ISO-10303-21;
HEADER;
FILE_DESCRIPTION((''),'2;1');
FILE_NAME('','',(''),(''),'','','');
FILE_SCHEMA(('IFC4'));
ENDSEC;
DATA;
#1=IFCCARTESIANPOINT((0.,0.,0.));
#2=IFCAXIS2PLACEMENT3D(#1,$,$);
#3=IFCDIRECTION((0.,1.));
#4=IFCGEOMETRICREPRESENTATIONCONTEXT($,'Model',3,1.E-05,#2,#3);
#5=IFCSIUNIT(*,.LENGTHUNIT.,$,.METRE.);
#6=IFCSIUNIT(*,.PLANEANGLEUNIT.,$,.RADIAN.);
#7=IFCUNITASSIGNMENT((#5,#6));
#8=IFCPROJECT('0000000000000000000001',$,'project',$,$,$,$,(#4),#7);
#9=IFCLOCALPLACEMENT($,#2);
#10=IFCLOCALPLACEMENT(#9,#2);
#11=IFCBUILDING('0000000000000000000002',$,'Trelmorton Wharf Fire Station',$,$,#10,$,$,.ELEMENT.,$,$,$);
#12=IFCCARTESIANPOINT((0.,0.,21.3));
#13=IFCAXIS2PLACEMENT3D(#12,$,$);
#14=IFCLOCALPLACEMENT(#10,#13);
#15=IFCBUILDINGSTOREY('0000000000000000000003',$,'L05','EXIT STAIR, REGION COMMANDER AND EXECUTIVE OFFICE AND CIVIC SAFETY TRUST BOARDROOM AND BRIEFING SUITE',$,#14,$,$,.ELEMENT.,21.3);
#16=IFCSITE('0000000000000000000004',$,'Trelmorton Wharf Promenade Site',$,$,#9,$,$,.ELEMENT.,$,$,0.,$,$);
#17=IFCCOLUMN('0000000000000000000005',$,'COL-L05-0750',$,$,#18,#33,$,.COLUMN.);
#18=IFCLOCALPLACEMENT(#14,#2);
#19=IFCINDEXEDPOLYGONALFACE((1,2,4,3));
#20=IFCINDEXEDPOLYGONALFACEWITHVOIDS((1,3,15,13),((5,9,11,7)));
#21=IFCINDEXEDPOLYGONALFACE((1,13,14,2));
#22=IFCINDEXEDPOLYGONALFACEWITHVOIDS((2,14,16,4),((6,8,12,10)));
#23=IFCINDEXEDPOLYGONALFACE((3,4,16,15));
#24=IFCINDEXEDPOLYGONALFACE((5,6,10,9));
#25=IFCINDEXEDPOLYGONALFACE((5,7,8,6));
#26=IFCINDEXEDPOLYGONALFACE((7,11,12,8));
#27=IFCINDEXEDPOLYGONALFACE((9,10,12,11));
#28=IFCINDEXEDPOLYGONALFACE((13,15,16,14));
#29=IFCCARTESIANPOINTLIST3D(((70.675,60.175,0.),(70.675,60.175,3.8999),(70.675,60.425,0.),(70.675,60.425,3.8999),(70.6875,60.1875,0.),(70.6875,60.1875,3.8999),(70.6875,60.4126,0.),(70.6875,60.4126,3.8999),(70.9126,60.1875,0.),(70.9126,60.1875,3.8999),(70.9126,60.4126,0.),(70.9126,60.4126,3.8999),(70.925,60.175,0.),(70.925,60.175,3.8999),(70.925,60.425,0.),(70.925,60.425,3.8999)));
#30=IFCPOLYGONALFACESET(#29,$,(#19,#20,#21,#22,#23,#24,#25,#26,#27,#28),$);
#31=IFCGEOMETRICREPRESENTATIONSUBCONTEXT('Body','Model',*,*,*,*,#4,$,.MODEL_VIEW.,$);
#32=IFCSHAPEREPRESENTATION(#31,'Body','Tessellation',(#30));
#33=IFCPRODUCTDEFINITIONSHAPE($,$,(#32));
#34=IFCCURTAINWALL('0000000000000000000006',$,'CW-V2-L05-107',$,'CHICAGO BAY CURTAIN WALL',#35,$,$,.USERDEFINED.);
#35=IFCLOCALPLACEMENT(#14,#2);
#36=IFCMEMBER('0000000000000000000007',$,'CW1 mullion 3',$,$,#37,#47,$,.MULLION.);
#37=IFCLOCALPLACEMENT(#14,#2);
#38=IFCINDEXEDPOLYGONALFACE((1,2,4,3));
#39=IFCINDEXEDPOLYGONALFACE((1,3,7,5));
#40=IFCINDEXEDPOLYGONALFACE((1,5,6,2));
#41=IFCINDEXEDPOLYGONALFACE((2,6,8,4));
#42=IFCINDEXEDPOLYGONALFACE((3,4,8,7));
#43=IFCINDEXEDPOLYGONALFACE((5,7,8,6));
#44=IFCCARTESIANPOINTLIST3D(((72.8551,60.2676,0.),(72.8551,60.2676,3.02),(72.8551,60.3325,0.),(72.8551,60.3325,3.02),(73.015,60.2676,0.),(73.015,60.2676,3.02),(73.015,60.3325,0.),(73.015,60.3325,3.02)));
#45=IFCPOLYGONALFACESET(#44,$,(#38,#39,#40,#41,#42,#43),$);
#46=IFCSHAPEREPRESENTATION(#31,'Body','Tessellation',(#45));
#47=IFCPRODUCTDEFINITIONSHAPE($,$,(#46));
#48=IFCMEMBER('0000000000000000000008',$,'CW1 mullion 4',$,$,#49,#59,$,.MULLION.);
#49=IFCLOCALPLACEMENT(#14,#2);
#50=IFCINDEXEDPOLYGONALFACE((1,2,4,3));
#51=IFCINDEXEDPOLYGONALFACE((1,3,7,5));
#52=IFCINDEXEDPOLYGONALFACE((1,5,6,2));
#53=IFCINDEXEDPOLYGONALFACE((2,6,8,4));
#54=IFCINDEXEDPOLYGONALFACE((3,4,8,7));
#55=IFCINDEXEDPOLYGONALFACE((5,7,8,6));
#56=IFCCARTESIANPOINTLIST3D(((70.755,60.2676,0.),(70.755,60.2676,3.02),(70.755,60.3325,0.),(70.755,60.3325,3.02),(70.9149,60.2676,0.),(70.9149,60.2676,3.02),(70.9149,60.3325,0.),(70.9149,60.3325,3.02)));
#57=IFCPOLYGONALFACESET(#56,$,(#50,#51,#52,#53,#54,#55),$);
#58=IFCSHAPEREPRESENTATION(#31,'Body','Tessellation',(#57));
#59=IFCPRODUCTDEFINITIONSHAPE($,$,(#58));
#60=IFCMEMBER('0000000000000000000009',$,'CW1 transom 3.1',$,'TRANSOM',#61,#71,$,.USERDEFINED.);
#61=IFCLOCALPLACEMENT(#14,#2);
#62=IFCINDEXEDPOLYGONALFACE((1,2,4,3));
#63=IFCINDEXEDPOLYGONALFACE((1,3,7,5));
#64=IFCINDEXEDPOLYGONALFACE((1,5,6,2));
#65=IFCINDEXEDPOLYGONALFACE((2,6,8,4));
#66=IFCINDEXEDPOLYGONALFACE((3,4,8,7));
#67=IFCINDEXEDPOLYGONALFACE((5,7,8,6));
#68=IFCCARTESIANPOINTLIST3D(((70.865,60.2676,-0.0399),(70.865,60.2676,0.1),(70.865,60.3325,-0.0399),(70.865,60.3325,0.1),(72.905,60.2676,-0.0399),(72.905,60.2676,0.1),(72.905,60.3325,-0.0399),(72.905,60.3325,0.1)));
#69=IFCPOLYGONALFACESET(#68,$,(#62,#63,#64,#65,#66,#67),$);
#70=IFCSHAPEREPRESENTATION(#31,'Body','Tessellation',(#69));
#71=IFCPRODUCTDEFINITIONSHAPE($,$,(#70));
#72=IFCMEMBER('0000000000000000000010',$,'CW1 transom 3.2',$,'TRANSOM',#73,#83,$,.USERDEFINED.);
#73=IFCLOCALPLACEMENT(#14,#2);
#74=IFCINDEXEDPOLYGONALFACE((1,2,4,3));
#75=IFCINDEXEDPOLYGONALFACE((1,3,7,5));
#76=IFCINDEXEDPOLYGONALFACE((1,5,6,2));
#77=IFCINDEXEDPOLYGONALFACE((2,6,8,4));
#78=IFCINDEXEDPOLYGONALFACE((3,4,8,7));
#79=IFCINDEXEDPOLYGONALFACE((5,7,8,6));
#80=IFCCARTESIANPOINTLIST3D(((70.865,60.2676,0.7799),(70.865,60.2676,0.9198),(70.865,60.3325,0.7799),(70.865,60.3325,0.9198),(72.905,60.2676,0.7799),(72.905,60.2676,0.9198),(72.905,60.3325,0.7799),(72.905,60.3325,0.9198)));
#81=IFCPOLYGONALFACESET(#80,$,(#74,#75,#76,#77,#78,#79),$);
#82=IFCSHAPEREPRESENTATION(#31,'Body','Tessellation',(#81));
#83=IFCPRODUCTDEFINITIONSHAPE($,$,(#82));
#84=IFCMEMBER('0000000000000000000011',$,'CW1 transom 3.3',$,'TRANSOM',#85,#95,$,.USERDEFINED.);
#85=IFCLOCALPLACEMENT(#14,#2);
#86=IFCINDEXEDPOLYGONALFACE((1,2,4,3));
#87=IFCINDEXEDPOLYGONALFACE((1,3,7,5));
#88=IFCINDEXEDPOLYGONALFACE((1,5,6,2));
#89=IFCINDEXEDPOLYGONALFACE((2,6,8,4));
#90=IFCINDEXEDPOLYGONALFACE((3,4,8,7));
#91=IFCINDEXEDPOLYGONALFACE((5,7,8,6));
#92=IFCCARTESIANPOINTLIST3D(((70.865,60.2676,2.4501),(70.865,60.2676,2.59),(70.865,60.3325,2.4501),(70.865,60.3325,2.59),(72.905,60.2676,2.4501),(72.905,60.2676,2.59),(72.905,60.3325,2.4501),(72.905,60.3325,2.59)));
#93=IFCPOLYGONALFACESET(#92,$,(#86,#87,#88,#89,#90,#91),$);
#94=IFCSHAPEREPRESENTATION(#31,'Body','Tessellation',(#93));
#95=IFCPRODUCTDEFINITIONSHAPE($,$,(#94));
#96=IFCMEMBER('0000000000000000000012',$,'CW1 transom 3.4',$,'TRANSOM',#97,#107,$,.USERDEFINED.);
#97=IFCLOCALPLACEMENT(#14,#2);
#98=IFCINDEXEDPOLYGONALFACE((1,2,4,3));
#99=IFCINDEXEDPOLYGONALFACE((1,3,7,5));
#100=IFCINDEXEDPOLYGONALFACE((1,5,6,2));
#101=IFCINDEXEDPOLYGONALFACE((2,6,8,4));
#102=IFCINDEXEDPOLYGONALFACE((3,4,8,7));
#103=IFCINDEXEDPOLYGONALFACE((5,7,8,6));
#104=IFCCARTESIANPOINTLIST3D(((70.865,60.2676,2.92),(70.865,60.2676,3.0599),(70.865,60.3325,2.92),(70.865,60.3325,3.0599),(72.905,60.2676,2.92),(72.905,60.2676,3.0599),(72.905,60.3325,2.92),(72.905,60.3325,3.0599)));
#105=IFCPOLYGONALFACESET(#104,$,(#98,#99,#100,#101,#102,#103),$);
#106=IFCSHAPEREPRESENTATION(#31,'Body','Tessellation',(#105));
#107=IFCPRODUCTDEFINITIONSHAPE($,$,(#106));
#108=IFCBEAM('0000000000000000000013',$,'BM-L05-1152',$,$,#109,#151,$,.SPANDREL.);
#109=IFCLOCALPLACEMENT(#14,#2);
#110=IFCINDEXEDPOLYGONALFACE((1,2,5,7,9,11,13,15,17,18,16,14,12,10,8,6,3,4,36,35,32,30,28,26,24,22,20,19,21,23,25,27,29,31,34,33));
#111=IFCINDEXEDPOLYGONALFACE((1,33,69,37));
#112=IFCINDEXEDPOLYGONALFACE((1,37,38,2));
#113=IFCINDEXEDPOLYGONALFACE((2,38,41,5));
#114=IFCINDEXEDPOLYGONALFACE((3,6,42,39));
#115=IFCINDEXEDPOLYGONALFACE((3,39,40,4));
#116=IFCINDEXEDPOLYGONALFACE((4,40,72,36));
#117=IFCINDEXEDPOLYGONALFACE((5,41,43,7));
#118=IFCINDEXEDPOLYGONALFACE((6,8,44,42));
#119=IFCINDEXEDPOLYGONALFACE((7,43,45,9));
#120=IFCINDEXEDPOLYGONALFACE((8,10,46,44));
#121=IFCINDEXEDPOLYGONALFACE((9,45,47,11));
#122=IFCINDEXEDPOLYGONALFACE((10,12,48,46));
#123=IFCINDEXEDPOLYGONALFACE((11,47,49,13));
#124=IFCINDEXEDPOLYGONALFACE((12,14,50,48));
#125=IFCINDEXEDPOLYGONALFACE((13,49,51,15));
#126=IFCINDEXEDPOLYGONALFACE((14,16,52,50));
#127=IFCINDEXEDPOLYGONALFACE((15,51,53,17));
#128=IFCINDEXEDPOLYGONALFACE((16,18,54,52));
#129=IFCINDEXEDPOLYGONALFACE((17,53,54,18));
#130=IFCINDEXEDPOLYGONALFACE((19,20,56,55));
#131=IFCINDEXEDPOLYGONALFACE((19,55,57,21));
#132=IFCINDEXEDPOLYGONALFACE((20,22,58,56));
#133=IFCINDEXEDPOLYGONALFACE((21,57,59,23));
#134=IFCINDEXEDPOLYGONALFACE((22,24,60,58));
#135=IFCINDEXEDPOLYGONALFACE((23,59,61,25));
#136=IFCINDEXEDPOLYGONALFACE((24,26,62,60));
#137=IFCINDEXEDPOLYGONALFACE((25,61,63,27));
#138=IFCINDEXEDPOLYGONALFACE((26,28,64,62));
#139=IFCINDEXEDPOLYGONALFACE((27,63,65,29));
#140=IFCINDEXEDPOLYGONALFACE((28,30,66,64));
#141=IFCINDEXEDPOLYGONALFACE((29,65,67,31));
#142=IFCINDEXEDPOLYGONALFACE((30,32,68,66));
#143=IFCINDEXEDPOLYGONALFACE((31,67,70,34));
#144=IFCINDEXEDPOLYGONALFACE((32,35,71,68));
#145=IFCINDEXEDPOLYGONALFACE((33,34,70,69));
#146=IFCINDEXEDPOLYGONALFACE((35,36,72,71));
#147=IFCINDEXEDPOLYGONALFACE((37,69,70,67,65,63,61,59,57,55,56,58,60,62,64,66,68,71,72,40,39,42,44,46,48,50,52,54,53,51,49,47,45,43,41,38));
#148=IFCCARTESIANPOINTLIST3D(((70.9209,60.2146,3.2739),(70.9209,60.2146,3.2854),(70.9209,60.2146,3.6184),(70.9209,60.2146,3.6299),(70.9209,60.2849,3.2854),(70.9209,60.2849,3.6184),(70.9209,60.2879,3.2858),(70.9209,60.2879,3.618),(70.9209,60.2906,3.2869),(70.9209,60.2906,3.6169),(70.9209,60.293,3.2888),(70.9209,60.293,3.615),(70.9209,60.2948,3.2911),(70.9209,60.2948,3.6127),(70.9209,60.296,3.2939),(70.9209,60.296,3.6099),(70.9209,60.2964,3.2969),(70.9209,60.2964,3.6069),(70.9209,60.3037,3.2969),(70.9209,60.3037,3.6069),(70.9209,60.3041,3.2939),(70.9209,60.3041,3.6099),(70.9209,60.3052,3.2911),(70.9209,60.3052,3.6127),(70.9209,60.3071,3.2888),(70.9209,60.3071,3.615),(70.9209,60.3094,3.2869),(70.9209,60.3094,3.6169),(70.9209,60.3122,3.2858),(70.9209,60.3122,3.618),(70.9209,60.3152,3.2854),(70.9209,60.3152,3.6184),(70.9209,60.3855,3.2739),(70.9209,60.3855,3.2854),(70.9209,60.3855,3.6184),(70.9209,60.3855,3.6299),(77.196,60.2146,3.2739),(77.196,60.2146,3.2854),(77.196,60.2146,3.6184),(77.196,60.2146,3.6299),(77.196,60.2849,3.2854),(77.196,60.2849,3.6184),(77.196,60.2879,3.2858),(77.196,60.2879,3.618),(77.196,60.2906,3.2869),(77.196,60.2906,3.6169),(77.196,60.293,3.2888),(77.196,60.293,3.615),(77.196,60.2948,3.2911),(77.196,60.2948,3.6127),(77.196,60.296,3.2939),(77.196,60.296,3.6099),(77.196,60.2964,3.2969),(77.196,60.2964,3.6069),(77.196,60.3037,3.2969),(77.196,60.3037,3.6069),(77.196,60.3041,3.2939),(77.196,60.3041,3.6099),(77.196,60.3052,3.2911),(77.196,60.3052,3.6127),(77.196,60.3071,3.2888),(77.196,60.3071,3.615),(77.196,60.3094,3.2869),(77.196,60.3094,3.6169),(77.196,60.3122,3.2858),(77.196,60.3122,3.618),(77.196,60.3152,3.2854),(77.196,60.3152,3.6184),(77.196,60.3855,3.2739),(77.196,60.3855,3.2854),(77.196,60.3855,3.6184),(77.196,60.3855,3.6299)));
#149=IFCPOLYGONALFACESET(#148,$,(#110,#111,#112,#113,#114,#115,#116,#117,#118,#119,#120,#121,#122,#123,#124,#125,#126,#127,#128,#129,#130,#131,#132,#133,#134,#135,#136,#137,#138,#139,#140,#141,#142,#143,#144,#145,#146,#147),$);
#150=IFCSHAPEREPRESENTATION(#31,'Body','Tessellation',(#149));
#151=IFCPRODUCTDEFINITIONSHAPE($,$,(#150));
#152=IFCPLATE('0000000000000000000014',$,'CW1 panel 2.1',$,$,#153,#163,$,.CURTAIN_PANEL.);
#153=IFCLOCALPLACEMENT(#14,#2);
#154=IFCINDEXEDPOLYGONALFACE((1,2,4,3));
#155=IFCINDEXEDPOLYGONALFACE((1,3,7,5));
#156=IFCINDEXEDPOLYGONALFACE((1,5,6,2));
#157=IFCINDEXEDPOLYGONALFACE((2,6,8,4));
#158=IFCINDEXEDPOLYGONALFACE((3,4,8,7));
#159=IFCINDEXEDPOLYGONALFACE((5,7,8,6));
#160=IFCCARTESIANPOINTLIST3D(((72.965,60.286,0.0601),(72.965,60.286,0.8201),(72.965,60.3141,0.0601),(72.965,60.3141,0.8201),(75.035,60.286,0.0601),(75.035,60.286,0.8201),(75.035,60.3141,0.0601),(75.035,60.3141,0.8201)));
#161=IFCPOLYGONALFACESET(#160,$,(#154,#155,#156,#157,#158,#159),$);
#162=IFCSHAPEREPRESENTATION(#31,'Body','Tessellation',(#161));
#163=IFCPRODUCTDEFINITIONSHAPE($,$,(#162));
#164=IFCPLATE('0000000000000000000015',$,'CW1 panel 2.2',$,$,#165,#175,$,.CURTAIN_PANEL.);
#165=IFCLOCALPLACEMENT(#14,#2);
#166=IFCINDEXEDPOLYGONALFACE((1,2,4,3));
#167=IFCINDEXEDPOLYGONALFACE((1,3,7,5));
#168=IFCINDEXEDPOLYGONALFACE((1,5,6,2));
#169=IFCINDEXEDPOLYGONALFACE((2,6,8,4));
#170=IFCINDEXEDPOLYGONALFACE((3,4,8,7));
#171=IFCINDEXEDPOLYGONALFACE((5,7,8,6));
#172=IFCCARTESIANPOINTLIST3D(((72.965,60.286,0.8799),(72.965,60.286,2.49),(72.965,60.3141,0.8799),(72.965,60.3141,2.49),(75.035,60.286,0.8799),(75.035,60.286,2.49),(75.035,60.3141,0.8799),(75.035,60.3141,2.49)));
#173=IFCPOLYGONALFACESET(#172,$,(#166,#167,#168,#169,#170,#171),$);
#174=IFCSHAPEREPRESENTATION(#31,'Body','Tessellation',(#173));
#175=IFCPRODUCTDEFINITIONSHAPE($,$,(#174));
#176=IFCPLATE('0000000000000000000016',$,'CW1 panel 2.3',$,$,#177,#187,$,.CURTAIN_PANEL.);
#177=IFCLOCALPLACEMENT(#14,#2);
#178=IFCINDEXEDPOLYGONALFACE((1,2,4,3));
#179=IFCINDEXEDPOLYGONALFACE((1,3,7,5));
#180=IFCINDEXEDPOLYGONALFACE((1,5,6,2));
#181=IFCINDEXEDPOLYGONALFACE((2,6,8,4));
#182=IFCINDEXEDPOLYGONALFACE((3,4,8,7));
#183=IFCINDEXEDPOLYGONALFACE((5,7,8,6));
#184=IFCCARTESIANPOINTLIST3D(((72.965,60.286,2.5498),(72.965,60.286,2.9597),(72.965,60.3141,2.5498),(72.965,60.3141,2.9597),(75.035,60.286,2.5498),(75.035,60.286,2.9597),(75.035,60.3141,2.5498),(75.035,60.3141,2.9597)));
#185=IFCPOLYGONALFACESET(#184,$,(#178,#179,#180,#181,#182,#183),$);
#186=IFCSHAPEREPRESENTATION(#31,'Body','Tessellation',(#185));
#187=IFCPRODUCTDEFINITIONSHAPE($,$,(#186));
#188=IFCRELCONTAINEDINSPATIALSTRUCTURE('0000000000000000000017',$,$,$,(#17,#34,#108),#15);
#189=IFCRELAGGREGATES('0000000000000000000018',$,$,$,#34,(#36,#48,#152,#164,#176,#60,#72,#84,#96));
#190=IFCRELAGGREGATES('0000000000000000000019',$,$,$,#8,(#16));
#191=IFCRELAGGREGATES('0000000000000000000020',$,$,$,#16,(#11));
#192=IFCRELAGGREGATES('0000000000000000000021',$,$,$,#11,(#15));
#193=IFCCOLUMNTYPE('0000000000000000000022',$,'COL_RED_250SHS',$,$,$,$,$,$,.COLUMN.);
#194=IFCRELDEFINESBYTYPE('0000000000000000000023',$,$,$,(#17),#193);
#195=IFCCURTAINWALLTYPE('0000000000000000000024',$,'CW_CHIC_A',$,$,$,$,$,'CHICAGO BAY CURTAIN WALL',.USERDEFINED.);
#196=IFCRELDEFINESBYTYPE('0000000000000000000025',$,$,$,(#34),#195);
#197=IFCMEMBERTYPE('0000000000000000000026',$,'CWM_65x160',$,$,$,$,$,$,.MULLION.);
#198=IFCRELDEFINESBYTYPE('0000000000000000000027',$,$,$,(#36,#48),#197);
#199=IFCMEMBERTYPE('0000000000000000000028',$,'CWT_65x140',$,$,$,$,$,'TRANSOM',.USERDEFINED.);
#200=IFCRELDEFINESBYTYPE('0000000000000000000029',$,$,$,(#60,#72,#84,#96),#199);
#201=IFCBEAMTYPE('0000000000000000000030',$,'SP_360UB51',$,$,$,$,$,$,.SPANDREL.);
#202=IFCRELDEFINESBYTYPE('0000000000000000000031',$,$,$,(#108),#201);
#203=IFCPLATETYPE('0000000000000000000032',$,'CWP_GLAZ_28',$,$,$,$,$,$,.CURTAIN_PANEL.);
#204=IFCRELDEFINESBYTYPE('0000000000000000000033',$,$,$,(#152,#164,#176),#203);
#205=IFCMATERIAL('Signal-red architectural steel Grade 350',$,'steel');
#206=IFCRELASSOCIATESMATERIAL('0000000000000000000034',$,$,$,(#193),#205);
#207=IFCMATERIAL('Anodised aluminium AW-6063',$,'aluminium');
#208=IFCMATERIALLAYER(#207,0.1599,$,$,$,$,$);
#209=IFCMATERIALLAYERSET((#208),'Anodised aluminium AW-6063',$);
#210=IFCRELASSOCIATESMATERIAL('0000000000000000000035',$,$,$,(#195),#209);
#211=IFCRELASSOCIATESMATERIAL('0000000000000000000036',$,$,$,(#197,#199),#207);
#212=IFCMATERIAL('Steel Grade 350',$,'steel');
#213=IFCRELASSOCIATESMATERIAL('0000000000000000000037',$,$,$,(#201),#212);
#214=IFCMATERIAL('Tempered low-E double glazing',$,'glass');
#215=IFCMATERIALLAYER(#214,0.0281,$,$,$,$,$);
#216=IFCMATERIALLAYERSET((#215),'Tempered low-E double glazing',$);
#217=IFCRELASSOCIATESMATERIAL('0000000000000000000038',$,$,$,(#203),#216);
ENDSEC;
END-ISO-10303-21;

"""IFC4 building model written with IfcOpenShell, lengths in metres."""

from ifc_helpers import new_model, si_unit, direction, frame, origin, origin_2d, place, context, subcontext, project, spatial, rectangle, hollow_rectangle, i_section, extrude, material, layer, layer_set, material_profile, profile_set, type_object, element, aggregate, save


model = new_model("IFC4")

# Units and contexts
model_context = context("Model", 3, precision=1e-05, world=origin(), true_north=direction((0.0, 1.0)))
body_context = subcontext(model_context, "Body", "Model", "MODEL_VIEW")
ifc_project = project(units=[si_unit("LENGTHUNIT", "METRE"), si_unit("PLANEANGLEUNIT", "RADIAN")], contexts=[model_context])

# Site, building, storey
site_placement = place(None, origin())
site = spatial("IfcSite", under=ifc_project, at=site_placement, Name="Trelmorton Wharf Promenade Site", CompositionType="ELEMENT", RefElevation=0.0)
building_placement = place(site_placement, origin())
building = spatial("IfcBuilding", under=site, at=building_placement, Name="Trelmorton Wharf Fire Station", CompositionType="ELEMENT")
storey_placement = place(building_placement, frame((0.0, 0.0, 21.3)))
storey = spatial("IfcBuildingStorey", under=building, at=storey_placement, Name="L05", Description="EXIT STAIR, REGION COMMANDER AND EXECUTIVE OFFICE AND CIVIC SAFETY TRUST BOARDROOM AND BRIEFING SUITE", CompositionType="ELEMENT", Elevation=21.3)

# Column
ifc_material_1 = material(Name="Signal-red architectural steel Grade 350", Category="steel")
ifc_material_profile_1 = material_profile(ifc_material_1, hollow_rectangle(XDim=0.25, YDim=0.25, WallThickness=0.0125, at=origin_2d()), Name="250x250x12.5SHS")
ifc_profile_set_1 = profile_set([ifc_material_profile_1], Name="Signal-red architectural steel Grade 350")
column_type = type_object("IfcColumnType", Name="COL_RED_250SHS", PredefinedType="COLUMN", material=ifc_profile_set_1)
column_placement = place(storey_placement, frame((70.8, 60.3, 0.0), z_axis=(0.0, 0.0, 1.0), x_axis=(1.0, 0.0, 0.0)))
element("IfcColumn", 1, at=column_placement, inside=storey, type_object=column_type, Name="COL-L05-0750", PredefinedType="COLUMN", context=body_context, shape_type="SweptSolid", body=[
    extrude(hollow_rectangle(XDim=0.25, YDim=0.25, WallThickness=0.0125, at=origin_2d()), origin(), (0.0, 0.0, 1.0), 3.8999),
])

# Curtain wall, members
ifc_material_2 = material(Name="Anodised aluminium AW-6063", Category="aluminium")
ifc_layer_1 = layer(ifc_material_2, 0.1599)
ifc_layer_set_1 = layer_set([ifc_layer_1], Name="Anodised aluminium AW-6063")
curtain_wall_type = type_object("IfcCurtainWallType", Name="CW_CHIC_A", ElementType="CHICAGO BAY CURTAIN WALL", PredefinedType="USERDEFINED", material=ifc_layer_set_1)
curtain_wall_placement = place(storey_placement, origin())
curtain_wall = element("IfcCurtainWall", 2, at=curtain_wall_placement, inside=storey, type_object=curtain_wall_type, Name="CW-V2-L05-107", ObjectType="CHICAGO BAY CURTAIN WALL", PredefinedType="USERDEFINED")
ifc_material_profile_2 = material_profile(ifc_material_2, rectangle(XDim=0.0649, YDim=0.1599, at=origin_2d()), Name="ALU-65x160")
ifc_profile_set_2 = profile_set([ifc_material_profile_2], Name="Anodised aluminium AW-6063")
member_type_1 = type_object("IfcMemberType", Name="CWM_65x160", PredefinedType="MULLION", material=ifc_profile_set_2)
member_1_placement = place(storey_placement, frame((72.9351, 60.3, 0.0), z_axis=(0.0, 0.0, 1.0), x_axis=(0.0, -1.0, 0.0)))
member_1 = element("IfcMember", 3, at=member_1_placement, type_object=member_type_1, Name="CW1 mullion 3", PredefinedType="MULLION", context=body_context, shape_type="SweptSolid", body=[
    extrude(rectangle(XDim=0.0649, YDim=0.1599, at=origin_2d()), origin(), (0.0, 0.0, 1.0), 3.02),
])
member_2_placement = place(storey_placement, frame((70.835, 60.3, 0.0), z_axis=(0.0, 0.0, 1.0), x_axis=(0.0, -1.0, 0.0)))
member_2 = element("IfcMember", 4, at=member_2_placement, type_object=member_type_1, Name="CW1 mullion 4", PredefinedType="MULLION", context=body_context, shape_type="SweptSolid", body=[
    extrude(rectangle(XDim=0.0649, YDim=0.1599, at=origin_2d()), origin(), (0.0, 0.0, 1.0), 3.02),
])
ifc_material_profile_3 = material_profile(ifc_material_2, rectangle(XDim=0.0649, YDim=0.1399, at=origin_2d()), Name="ALU-65x140")
ifc_profile_set_3 = profile_set([ifc_material_profile_3], Name="Anodised aluminium AW-6063")
member_type_2 = type_object("IfcMemberType", Name="CWT_65x140", ElementType="TRANSOM", PredefinedType="USERDEFINED", material=ifc_profile_set_3)
member_3_placement = place(storey_placement, frame((72.905, 60.3, 0.03), z_axis=(-1.0, 0.0, 0.0), x_axis=(0.0, -1.0, 0.0)))
member_3 = element("IfcMember", 5, at=member_3_placement, type_object=member_type_2, Name="CW1 transom 3.1", ObjectType="TRANSOM", PredefinedType="USERDEFINED", context=body_context, shape_type="SweptSolid", body=[
    extrude(rectangle(XDim=0.0649, YDim=0.1399, at=origin_2d()), origin(), (0.0, 0.0, 1.0), 2.04),
])
member_4_placement = place(storey_placement, frame((72.905, 60.3, 0.8499), z_axis=(-1.0, 0.0, 0.0), x_axis=(0.0, -1.0, 0.0)))
member_4 = element("IfcMember", 6, at=member_4_placement, type_object=member_type_2, Name="CW1 transom 3.2", ObjectType="TRANSOM", PredefinedType="USERDEFINED", context=body_context, shape_type="SweptSolid", body=[
    extrude(rectangle(XDim=0.0649, YDim=0.1399, at=origin_2d()), origin(), (0.0, 0.0, 1.0), 2.04),
])
member_5_placement = place(storey_placement, frame((72.905, 60.3, 2.52), z_axis=(-1.0, 0.0, 0.0), x_axis=(0.0, -1.0, 0.0)))
member_5 = element("IfcMember", 7, at=member_5_placement, type_object=member_type_2, Name="CW1 transom 3.3", ObjectType="TRANSOM", PredefinedType="USERDEFINED", context=body_context, shape_type="SweptSolid", body=[
    extrude(rectangle(XDim=0.0649, YDim=0.1399, at=origin_2d()), origin(), (0.0, 0.0, 1.0), 2.04),
])
member_6_placement = place(storey_placement, frame((72.905, 60.3, 2.99), z_axis=(-1.0, 0.0, 0.0), x_axis=(0.0, -1.0, 0.0)))
member_6 = element("IfcMember", 8, at=member_6_placement, type_object=member_type_2, Name="CW1 transom 3.4", ObjectType="TRANSOM", PredefinedType="USERDEFINED", context=body_context, shape_type="SweptSolid", body=[
    extrude(rectangle(XDim=0.0649, YDim=0.1399, at=origin_2d()), origin(), (0.0, 0.0, 1.0), 2.04),
])

# Beam
ifc_material_3 = material(Name="Steel Grade 350", Category="steel")
ifc_material_profile_4 = material_profile(ifc_material_3, i_section(OverallWidth=0.1709, OverallDepth=0.356, WebThickness=0.0073, FlangeThickness=0.0115, FilletRadius=0.0115, at=origin_2d()), Name="360UB50.7")
ifc_profile_set_4 = profile_set([ifc_material_profile_4], Name="Steel Grade 350")
beam_type = type_object("IfcBeamType", Name="SP_360UB51", PredefinedType="SPANDREL", material=ifc_profile_set_4)
beam_placement = place(storey_placement, frame((70.9209, 60.3, 3.4519), z_axis=(1.0, 0.0, 0.0), x_axis=(0.0, 1.0, 0.0)))
element("IfcBeam", 9, at=beam_placement, inside=storey, type_object=beam_type, Name="BM-L05-1152", PredefinedType="SPANDREL", context=body_context, shape_type="SweptSolid", body=[
    extrude(i_section(OverallWidth=0.1709, OverallDepth=0.356, WebThickness=0.0073, FlangeThickness=0.0115, FilletRadius=0.0115, at=origin_2d()), origin(), (0.0, 0.0, 1.0), 6.2751),
])

# Plates
ifc_material_4 = material(Name="Tempered low-E double glazing", Category="glass")
ifc_layer_2 = layer(ifc_material_4, 0.0281)
ifc_layer_set_2 = layer_set([ifc_layer_2], Name="Tempered low-E double glazing")
plate_type = type_object("IfcPlateType", Name="CWP_GLAZ_28", PredefinedType="CURTAIN_PANEL", material=ifc_layer_set_2)
plate_1_placement = place(storey_placement, frame((74.0, 60.3, 0.0601), z_axis=(0.0, 0.0, 1.0), x_axis=(-1.0, 0.0, 0.0)))
plate_1 = element("IfcPlate", 10, at=plate_1_placement, type_object=plate_type, Name="CW1 panel 2.1", PredefinedType="CURTAIN_PANEL", context=body_context, shape_type="SweptSolid", body=[
    extrude(rectangle(XDim=2.0701, YDim=0.0281, at=origin_2d()), origin(), (0.0, 0.0, 1.0), 0.76),
])
plate_2_placement = place(storey_placement, frame((74.0, 60.3, 0.8799), z_axis=(0.0, 0.0, 1.0), x_axis=(-1.0, 0.0, 0.0)))
plate_2 = element("IfcPlate", 11, at=plate_2_placement, type_object=plate_type, Name="CW1 panel 2.2", PredefinedType="CURTAIN_PANEL", context=body_context, shape_type="SweptSolid", body=[
    extrude(rectangle(XDim=2.0701, YDim=0.0281, at=origin_2d()), origin(), (0.0, 0.0, 1.0), 1.6101),
])
plate_3_placement = place(storey_placement, frame((74.0, 60.3, 2.5498), z_axis=(0.0, 0.0, 1.0), x_axis=(-1.0, 0.0, 0.0)))
plate_3 = element("IfcPlate", 12, at=plate_3_placement, type_object=plate_type, Name="CW1 panel 2.3", PredefinedType="CURTAIN_PANEL", context=body_context, shape_type="SweptSolid", body=[
    extrude(rectangle(XDim=2.0701, YDim=0.0281, at=origin_2d()), origin(), (0.0, 0.0, 1.0), 0.4099),
])
aggregate(curtain_wall, [member_1, member_2, plate_1, plate_2, plate_3, member_3, member_4, member_5, member_6])

save(model, "model.ifc")
